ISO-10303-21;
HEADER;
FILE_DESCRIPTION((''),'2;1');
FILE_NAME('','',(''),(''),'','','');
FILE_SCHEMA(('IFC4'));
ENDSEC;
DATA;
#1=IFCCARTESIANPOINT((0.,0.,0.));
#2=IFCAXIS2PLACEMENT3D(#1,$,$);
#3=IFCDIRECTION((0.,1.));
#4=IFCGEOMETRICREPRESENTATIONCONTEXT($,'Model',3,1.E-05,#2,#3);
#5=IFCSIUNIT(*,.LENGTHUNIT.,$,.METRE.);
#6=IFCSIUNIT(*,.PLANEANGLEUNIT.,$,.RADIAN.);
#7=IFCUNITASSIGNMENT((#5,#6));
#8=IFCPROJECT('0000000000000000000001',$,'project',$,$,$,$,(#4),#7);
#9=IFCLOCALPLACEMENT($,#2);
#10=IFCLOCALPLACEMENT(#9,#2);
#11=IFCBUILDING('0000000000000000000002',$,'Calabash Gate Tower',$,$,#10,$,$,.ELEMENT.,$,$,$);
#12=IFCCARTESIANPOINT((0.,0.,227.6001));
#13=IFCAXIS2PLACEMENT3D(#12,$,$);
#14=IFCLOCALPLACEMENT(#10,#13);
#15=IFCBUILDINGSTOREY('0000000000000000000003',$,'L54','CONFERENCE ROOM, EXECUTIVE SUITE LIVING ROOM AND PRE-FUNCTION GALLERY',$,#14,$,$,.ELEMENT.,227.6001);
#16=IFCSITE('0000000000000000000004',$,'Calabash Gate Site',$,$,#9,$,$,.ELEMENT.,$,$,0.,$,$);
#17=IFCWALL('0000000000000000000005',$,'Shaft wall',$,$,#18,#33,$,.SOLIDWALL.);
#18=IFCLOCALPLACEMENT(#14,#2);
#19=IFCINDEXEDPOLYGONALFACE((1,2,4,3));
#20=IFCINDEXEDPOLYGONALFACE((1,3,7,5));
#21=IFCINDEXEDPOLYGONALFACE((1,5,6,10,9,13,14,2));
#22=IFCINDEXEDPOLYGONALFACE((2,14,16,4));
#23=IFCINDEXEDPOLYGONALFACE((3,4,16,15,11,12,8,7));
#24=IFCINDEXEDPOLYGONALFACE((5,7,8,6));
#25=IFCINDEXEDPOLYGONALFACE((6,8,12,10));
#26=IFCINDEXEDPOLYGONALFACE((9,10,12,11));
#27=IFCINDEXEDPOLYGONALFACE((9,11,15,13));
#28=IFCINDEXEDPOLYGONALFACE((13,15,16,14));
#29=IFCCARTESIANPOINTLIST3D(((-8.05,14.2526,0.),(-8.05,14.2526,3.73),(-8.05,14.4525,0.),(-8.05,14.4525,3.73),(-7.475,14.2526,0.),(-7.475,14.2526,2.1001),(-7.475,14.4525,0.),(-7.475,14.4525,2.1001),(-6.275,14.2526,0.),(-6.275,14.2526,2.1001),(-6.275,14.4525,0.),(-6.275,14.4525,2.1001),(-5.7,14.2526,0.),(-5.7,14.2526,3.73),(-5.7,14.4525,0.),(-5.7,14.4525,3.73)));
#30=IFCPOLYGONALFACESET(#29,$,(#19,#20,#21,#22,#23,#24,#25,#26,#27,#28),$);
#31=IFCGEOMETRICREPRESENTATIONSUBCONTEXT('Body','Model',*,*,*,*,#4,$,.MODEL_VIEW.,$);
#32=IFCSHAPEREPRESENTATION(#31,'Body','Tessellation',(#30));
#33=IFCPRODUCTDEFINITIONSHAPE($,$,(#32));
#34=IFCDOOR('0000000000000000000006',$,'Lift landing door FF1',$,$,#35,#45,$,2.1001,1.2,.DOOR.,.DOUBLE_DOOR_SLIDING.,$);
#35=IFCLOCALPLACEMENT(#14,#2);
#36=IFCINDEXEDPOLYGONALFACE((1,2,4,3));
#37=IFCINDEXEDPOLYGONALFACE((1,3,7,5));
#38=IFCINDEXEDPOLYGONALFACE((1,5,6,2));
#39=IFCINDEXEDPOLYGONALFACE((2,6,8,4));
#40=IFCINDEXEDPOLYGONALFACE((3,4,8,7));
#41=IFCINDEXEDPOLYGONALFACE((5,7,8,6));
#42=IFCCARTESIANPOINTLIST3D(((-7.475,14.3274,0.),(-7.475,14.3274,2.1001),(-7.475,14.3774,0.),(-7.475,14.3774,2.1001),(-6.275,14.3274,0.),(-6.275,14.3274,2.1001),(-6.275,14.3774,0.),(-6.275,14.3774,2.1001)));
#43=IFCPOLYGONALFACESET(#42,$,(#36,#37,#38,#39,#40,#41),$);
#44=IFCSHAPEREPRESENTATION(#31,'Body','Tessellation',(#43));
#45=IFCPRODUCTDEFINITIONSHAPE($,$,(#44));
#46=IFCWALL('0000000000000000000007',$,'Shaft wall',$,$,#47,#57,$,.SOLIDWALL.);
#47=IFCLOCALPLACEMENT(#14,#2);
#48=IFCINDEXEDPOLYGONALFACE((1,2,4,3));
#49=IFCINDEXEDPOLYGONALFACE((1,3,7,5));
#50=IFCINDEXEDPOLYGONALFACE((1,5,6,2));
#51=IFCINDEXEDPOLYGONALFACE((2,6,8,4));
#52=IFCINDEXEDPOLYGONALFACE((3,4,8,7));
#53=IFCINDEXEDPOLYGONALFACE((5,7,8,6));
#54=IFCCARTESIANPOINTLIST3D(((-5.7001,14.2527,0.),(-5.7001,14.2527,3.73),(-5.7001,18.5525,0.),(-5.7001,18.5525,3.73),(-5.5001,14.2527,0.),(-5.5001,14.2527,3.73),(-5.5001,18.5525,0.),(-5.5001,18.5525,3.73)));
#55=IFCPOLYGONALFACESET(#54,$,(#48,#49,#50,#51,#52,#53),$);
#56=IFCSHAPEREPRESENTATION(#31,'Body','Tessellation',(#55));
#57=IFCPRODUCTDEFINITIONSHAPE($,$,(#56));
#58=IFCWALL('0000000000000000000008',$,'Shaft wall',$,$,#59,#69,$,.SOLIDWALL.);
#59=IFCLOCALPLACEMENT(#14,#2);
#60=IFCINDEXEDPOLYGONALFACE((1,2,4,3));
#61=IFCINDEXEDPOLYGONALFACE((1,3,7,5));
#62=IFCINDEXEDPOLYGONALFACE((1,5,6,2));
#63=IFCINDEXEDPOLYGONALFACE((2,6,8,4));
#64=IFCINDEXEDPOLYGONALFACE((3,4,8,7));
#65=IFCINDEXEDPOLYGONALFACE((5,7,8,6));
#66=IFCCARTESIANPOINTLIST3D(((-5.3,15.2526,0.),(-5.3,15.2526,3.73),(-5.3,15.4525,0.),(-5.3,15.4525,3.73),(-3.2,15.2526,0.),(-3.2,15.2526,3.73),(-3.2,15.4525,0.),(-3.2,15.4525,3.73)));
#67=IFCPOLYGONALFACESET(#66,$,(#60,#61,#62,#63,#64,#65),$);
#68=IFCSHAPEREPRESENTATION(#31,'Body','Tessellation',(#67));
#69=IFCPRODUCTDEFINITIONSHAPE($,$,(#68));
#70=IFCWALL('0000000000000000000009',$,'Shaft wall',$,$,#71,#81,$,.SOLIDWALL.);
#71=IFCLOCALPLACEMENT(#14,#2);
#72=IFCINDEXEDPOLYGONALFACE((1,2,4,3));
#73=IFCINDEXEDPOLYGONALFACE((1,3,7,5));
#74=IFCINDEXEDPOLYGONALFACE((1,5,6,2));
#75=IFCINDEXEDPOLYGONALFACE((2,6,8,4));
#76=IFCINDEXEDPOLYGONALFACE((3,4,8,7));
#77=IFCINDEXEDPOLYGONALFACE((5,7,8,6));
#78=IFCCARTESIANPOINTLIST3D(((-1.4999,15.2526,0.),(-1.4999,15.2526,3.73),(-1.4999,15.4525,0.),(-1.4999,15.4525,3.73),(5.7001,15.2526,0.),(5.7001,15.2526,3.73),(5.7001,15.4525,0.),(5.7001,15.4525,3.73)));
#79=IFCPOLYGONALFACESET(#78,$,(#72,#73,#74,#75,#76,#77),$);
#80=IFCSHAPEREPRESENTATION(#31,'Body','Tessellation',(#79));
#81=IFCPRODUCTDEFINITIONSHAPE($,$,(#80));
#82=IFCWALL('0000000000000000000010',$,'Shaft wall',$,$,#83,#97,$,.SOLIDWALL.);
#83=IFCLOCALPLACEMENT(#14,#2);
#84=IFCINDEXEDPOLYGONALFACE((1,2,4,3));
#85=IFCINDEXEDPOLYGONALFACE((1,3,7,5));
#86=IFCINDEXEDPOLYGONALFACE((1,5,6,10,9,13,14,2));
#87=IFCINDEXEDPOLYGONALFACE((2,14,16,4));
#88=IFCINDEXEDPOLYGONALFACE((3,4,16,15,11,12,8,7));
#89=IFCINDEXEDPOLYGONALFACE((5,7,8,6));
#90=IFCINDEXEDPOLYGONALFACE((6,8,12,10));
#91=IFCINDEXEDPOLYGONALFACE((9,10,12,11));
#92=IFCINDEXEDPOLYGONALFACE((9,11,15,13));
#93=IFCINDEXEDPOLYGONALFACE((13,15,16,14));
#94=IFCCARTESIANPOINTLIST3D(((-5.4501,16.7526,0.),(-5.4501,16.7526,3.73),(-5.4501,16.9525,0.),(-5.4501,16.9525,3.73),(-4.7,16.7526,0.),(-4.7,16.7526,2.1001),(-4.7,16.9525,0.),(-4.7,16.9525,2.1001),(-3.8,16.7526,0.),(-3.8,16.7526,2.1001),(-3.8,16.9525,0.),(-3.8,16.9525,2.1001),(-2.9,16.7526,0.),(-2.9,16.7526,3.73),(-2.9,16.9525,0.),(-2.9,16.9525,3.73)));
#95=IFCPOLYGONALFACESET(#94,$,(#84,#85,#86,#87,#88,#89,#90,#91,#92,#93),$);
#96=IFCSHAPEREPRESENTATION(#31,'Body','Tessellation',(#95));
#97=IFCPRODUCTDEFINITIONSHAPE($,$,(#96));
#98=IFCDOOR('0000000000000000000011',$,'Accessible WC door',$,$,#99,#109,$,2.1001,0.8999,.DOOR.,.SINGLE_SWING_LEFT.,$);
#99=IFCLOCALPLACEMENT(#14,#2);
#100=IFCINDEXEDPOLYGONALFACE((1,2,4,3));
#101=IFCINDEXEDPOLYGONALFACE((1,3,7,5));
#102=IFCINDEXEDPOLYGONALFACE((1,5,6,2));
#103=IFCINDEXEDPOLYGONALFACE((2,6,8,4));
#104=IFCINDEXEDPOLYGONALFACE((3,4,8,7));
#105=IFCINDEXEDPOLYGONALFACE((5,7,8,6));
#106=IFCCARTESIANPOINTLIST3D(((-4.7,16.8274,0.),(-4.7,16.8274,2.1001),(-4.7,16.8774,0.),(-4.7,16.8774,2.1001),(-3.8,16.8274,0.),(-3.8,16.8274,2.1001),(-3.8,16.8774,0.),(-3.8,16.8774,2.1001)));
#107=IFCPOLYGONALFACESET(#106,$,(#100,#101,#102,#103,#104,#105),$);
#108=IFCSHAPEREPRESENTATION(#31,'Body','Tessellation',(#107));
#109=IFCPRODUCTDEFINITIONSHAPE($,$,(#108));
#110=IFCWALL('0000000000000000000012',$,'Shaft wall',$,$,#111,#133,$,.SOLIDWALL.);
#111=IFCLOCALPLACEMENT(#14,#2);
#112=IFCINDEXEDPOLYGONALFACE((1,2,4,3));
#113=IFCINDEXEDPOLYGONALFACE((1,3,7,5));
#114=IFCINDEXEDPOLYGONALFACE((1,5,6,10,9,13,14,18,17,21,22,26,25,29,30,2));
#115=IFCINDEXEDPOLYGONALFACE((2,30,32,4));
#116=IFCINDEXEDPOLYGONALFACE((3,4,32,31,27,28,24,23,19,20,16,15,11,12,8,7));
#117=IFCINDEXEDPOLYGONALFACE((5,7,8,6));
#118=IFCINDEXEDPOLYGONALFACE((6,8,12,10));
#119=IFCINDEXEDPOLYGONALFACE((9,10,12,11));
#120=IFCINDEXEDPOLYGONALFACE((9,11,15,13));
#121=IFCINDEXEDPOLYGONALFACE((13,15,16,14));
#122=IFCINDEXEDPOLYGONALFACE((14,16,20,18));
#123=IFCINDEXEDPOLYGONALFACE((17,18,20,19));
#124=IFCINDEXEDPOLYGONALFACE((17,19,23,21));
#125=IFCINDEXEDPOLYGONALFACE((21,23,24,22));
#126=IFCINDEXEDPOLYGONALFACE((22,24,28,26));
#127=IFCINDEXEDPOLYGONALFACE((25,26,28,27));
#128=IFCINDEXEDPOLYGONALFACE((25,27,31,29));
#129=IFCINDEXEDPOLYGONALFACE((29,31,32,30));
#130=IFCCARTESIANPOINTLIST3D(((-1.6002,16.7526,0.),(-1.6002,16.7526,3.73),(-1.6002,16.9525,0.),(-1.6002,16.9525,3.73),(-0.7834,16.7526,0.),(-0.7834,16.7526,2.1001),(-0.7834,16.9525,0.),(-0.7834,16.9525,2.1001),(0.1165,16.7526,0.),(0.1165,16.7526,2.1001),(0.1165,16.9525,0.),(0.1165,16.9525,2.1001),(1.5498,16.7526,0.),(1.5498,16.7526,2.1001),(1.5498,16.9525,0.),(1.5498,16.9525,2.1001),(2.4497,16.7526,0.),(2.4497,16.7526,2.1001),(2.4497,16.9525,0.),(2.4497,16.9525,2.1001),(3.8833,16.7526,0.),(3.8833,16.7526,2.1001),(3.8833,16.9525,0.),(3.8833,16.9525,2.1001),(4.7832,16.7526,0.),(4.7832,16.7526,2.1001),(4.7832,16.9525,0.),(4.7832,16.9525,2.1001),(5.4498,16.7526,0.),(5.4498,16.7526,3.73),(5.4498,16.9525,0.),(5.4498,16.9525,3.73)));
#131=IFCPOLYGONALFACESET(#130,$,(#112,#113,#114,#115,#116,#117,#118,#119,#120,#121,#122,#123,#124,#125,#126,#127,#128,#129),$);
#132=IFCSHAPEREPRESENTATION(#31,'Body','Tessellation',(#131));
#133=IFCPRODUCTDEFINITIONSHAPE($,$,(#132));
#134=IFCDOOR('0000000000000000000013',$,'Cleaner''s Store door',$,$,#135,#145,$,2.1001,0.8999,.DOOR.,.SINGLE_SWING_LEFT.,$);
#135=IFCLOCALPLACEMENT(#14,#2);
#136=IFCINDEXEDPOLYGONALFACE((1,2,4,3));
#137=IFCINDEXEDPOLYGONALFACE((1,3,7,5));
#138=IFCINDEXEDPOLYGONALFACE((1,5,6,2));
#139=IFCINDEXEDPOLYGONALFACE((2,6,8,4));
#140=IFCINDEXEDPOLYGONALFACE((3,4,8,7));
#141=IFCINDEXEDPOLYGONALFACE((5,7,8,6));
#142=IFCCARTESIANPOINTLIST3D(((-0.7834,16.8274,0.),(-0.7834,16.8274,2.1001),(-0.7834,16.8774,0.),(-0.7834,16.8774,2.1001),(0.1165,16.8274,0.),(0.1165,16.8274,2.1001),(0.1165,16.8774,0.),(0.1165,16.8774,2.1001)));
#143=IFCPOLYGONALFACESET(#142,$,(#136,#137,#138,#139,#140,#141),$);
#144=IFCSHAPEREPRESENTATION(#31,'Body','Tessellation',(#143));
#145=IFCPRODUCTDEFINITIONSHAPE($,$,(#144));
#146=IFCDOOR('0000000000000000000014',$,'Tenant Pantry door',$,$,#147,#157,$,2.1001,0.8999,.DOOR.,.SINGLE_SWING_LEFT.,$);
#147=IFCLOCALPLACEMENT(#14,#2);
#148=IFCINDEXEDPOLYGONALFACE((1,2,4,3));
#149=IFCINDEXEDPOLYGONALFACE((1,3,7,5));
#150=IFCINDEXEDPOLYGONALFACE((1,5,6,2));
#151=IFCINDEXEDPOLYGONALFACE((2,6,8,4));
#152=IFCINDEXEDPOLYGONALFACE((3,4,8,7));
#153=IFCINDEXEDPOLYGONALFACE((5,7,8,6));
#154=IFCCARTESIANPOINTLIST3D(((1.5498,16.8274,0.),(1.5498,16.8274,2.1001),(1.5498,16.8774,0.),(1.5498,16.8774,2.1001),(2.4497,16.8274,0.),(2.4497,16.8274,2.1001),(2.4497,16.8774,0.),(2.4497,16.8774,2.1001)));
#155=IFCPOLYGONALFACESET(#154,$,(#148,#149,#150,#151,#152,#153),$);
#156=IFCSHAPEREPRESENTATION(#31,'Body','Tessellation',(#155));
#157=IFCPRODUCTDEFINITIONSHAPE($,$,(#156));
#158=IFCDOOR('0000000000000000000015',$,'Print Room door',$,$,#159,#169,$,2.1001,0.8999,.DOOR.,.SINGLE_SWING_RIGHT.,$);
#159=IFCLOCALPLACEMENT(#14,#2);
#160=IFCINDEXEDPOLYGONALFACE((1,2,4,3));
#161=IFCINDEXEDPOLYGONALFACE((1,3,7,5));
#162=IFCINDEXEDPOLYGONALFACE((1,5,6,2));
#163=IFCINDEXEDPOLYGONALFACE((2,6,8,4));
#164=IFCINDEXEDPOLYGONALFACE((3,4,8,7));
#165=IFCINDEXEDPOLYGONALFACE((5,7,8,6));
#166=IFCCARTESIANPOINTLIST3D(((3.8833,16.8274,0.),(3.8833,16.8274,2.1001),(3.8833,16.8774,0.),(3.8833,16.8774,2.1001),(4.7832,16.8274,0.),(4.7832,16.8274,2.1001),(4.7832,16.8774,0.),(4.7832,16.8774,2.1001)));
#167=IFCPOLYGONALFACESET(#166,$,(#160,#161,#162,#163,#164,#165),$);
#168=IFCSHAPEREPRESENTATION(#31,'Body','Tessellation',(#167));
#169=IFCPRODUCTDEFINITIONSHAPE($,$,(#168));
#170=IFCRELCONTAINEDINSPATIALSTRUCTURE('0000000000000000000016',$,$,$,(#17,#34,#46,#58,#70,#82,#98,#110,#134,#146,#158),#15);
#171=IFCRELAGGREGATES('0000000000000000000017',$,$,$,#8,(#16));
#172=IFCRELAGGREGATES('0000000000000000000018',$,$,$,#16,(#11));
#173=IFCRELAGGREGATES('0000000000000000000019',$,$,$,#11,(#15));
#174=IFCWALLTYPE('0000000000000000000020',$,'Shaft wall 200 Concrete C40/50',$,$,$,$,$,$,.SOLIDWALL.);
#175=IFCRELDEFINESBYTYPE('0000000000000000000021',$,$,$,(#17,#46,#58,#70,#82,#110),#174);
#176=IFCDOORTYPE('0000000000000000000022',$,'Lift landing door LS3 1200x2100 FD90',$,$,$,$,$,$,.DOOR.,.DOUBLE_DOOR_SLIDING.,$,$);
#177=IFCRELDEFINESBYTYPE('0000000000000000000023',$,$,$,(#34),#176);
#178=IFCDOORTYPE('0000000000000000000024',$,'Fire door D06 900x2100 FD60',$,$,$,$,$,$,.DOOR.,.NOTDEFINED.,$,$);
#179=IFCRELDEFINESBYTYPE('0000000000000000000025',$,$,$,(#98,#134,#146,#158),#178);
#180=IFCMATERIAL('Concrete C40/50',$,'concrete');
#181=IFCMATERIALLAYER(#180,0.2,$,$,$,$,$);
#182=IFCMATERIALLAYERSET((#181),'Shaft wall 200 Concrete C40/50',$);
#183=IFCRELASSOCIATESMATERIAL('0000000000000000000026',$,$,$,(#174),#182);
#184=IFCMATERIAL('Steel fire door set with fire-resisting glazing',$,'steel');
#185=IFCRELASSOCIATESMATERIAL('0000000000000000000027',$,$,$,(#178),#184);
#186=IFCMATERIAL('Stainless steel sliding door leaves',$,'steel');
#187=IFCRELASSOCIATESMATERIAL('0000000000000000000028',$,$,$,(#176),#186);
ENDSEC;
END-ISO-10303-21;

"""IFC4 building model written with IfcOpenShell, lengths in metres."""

from ifc_helpers import new_model, si_unit, direction, frame, frame_2d, origin, place, context, subcontext, project, spatial, rectangle, extrude, material, layer, layer_set, type_object, element, fill, save


model = new_model("IFC4")

# Units and contexts
model_context = context("Model", 3, precision=1e-05, world=origin(), true_north=direction((0.0, 1.0)))
body_context = subcontext(model_context, "Body", "Model", "MODEL_VIEW")
ifc_project = project(units=[si_unit("LENGTHUNIT", "METRE"), si_unit("PLANEANGLEUNIT", "RADIAN")], contexts=[model_context])

# Site, building, storey
site_placement = place(None, origin())
site = spatial("IfcSite", under=ifc_project, at=site_placement, Name="Calabash Gate Site", CompositionType="ELEMENT", RefElevation=0.0)
building_placement = place(site_placement, origin())
building = spatial("IfcBuilding", under=site, at=building_placement, Name="Calabash Gate Tower", CompositionType="ELEMENT")
storey_placement = place(building_placement, frame((0.0, 0.0, 227.6001)))
storey = spatial("IfcBuildingStorey", under=building, at=storey_placement, Name="L54", Description="CONFERENCE ROOM, EXECUTIVE SUITE LIVING ROOM AND PRE-FUNCTION GALLERY", CompositionType="ELEMENT", Elevation=227.6001)

# Shared definitions
ifc_material_1 = material(Name="Concrete C40/50", Category="concrete")
ifc_layer_1 = layer(ifc_material_1, 0.2)
ifc_layer_set_1 = layer_set([ifc_layer_1], Name="Shaft wall 200 Concrete C40/50")
wall_type_1 = type_object("IfcWallType", Name="Shaft wall 200 Concrete C40/50", PredefinedType="SOLIDWALL", material=ifc_layer_set_1)
ifc_material_2 = material(Name="Steel fire door set with fire-resisting glazing", Category="steel")
door_type_1 = type_object("IfcDoorType", Name="Fire door D06 900x2100 FD60", OperationType="NOTDEFINED", PredefinedType="DOOR", material=ifc_material_2)

# Wall, opening, door
wall_1_placement = place(storey_placement, frame((-8.05, 14.3525, 0.0), z_axis=(0.0, 0.0, 1.0), x_axis=(1.0, 0.0, 0.0)))
wall_1 = element("IfcWall", 1, at=wall_1_placement, inside=storey, type_object=wall_type_1, Name="Shaft wall", PredefinedType="SOLIDWALL", context=body_context, shape_type="SweptSolid", body=[
    extrude(rectangle(XDim=2.3501, YDim=0.2, at=frame_2d((1.175, 0.0))), origin(), (0.0, 0.0, 1.0), 3.73),
])
opening_1_placement = place(wall_1_placement, frame((0.575, 0.0, 0.0)))
opening_1 = element("IfcOpeningElement", 2, at=opening_1_placement, cuts=wall_1, PredefinedType="OPENING", context=body_context, shape_type="SweptSolid", body=[
    extrude(rectangle(XDim=1.2, YDim=2.1001, at=frame_2d((0.6001, 1.05))), frame((0.0, 0.1099, 0.0), z_axis=(0.0, -1.0, 0.0), x_axis=(1.0, 0.0, 0.0)), (0.0, 0.0, 1.0), 0.22),
])
ifc_material_3 = material(Name="Stainless steel sliding door leaves", Category="steel")
door_type_2 = type_object("IfcDoorType", Name="Lift landing door LS3 1200x2100 FD90", OperationType="DOUBLE_DOOR_SLIDING", PredefinedType="DOOR", material=ifc_material_3)
door_1_placement = place(opening_1_placement, origin())
door_1 = element("IfcDoor", 3, at=door_1_placement, inside=storey, type_object=door_type_2, Name="Lift landing door FF1", OperationType="DOUBLE_DOOR_SLIDING", OverallHeight=2.1001, OverallWidth=1.2, PredefinedType="DOOR", context=body_context, shape_type="SweptSolid", body=[
    extrude(rectangle(XDim=1.2, YDim=2.1001, at=frame_2d((0.6001, 1.05))), frame((0.0, 0.0249, 0.0), z_axis=(0.0, -1.0, 0.0), x_axis=(1.0, 0.0, 0.0)), (0.0, 0.0, 1.0), 0.05),
])
fill(opening_1, door_1)

# Walls
wall_2_placement = place(storey_placement, frame((-5.6001, 14.2527, 0.0), z_axis=(0.0, 0.0, 1.0), x_axis=(0.0, 1.0, 0.0)))
element("IfcWall", 4, at=wall_2_placement, inside=storey, type_object=wall_type_1, Name="Shaft wall", PredefinedType="SOLIDWALL", context=body_context, shape_type="SweptSolid", body=[
    extrude(rectangle(XDim=4.2998, YDim=0.2, at=frame_2d((2.1499, 0.0))), origin(), (0.0, 0.0, 1.0), 3.73),
])
wall_3_placement = place(storey_placement, frame((-5.3, 15.3525, 0.0), z_axis=(0.0, 0.0, 1.0), x_axis=(1.0, 0.0, 0.0)))
element("IfcWall", 5, at=wall_3_placement, inside=storey, type_object=wall_type_1, Name="Shaft wall", PredefinedType="SOLIDWALL", context=body_context, shape_type="SweptSolid", body=[
    extrude(rectangle(XDim=2.1001, YDim=0.2, at=frame_2d((1.05, 0.0))), origin(), (0.0, 0.0, 1.0), 3.73),
])
wall_4_placement = place(storey_placement, frame((-1.5, 15.3525, 0.0), z_axis=(0.0, 0.0, 1.0), x_axis=(1.0, 0.0, 0.0)))
element("IfcWall", 6, at=wall_4_placement, inside=storey, type_object=wall_type_1, Name="Shaft wall", PredefinedType="SOLIDWALL", context=body_context, shape_type="SweptSolid", body=[
    extrude(rectangle(XDim=7.2, YDim=0.2, at=frame_2d((3.6001, 0.0))), origin(), (0.0, 0.0, 1.0), 3.73),
])

# Wall, opening, door
wall_5_placement = place(storey_placement, frame((-5.45, 16.8525, 0.0), z_axis=(0.0, 0.0, 1.0), x_axis=(1.0, 0.0, 0.0)))
wall_5 = element("IfcWall", 7, at=wall_5_placement, inside=storey, type_object=wall_type_1, Name="Shaft wall", PredefinedType="SOLIDWALL", context=body_context, shape_type="SweptSolid", body=[
    extrude(rectangle(XDim=2.55, YDim=0.2, at=frame_2d((1.2749, 0.0))), origin(), (0.0, 0.0, 1.0), 3.73),
])
opening_2_placement = place(wall_5_placement, frame((0.75, 0.0, 0.0)))
opening_2 = element("IfcOpeningElement", 8, at=opening_2_placement, cuts=wall_5, PredefinedType="OPENING", context=body_context, shape_type="SweptSolid", body=[
    extrude(rectangle(XDim=0.8999, YDim=2.1001, at=frame_2d((0.45, 1.05))), frame((0.0, 0.1099, 0.0), z_axis=(0.0, -1.0, 0.0), x_axis=(1.0, 0.0, 0.0)), (0.0, 0.0, 1.0), 0.22),
])
door_2_placement = place(opening_2_placement, origin())
door_2 = element("IfcDoor", 9, at=door_2_placement, inside=storey, type_object=door_type_1, Name="Accessible WC door", OperationType="SINGLE_SWING_LEFT", OverallHeight=2.1001, OverallWidth=0.8999, PredefinedType="DOOR", context=body_context, shape_type="SweptSolid", body=[
    extrude(rectangle(XDim=0.8999, YDim=2.1001, at=frame_2d((0.45, 1.05))), frame((0.0, 0.0249, 0.0), z_axis=(0.0, -1.0, 0.0), x_axis=(1.0, 0.0, 0.0)), (0.0, 0.0, 1.0), 0.05),
])
fill(opening_2, door_2)

# Wall, openings, doors
wall_6_placement = place(storey_placement, frame((-1.6001, 16.8525, 0.0), z_axis=(0.0, 0.0, 1.0), x_axis=(1.0, 0.0, 0.0)))
wall_6 = element("IfcWall", 10, at=wall_6_placement, inside=storey, type_object=wall_type_1, Name="Shaft wall", PredefinedType="SOLIDWALL", context=body_context, shape_type="SweptSolid", body=[
    extrude(rectangle(XDim=7.05, YDim=0.2, at=frame_2d((3.5249, 0.0))), origin(), (0.0, 0.0, 1.0), 3.73),
])
opening_3_placement = place(wall_6_placement, frame((0.8167, 0.0, 0.0)))
opening_3 = element("IfcOpeningElement", 11, at=opening_3_placement, cuts=wall_6, PredefinedType="OPENING", context=body_context, shape_type="SweptSolid", body=[
    extrude(rectangle(XDim=0.8999, YDim=2.1001, at=frame_2d((0.45, 1.05))), frame((0.0, 0.1099, 0.0), z_axis=(0.0, -1.0, 0.0), x_axis=(1.0, 0.0, 0.0)), (0.0, 0.0, 1.0), 0.22),
])
opening_4_placement = place(wall_6_placement, frame((3.1499, 0.0, 0.0)))
opening_4 = element("IfcOpeningElement", 12, at=opening_4_placement, cuts=wall_6, PredefinedType="OPENING", context=body_context, shape_type="SweptSolid", body=[
    extrude(rectangle(XDim=0.8999, YDim=2.1001, at=frame_2d((0.45, 1.05))), frame((0.0, 0.1099, 0.0), z_axis=(0.0, -1.0, 0.0), x_axis=(1.0, 0.0, 0.0)), (0.0, 0.0, 1.0), 0.22),
])
opening_5_placement = place(wall_6_placement, frame((5.4834, 0.0, 0.0)))
opening_5 = element("IfcOpeningElement", 13, at=opening_5_placement, cuts=wall_6, PredefinedType="OPENING", context=body_context, shape_type="SweptSolid", body=[
    extrude(rectangle(XDim=0.8999, YDim=2.1001, at=frame_2d((0.45, 1.05))), frame((0.0, 0.1099, 0.0), z_axis=(0.0, -1.0, 0.0), x_axis=(1.0, 0.0, 0.0)), (0.0, 0.0, 1.0), 0.22),
])
door_3_placement = place(opening_3_placement, origin())
door_3 = element("IfcDoor", 14, at=door_3_placement, inside=storey, type_object=door_type_1, Name="Cleaner's Store door", OperationType="SINGLE_SWING_LEFT", OverallHeight=2.1001, OverallWidth=0.8999, PredefinedType="DOOR", context=body_context, shape_type="SweptSolid", body=[
    extrude(rectangle(XDim=0.8999, YDim=2.1001, at=frame_2d((0.45, 1.05))), frame((0.0, 0.0249, 0.0), z_axis=(0.0, -1.0, 0.0), x_axis=(1.0, 0.0, 0.0)), (0.0, 0.0, 1.0), 0.05),
])
fill(opening_3, door_3)
door_4_placement = place(opening_4_placement, origin())
door_4 = element("IfcDoor", 15, at=door_4_placement, inside=storey, type_object=door_type_1, Name="Tenant Pantry door", OperationType="SINGLE_SWING_LEFT", OverallHeight=2.1001, OverallWidth=0.8999, PredefinedType="DOOR", context=body_context, shape_type="SweptSolid", body=[
    extrude(rectangle(XDim=0.8999, YDim=2.1001, at=frame_2d((0.45, 1.05))), frame((0.0, 0.0249, 0.0), z_axis=(0.0, -1.0, 0.0), x_axis=(1.0, 0.0, 0.0)), (0.0, 0.0, 1.0), 0.05),
])
fill(opening_4, door_4)
door_5_placement = place(opening_5_placement, origin())
door_5 = element("IfcDoor", 16, at=door_5_placement, inside=storey, type_object=door_type_1, Name="Print Room door", OperationType="SINGLE_SWING_RIGHT", OverallHeight=2.1001, OverallWidth=0.8999, PredefinedType="DOOR", context=body_context, shape_type="SweptSolid", body=[
    extrude(rectangle(XDim=0.8999, YDim=2.1001, at=frame_2d((0.45, 1.05))), frame((0.0, 0.0249, 0.0), z_axis=(0.0, -1.0, 0.0), x_axis=(1.0, 0.0, 0.0)), (0.0, 0.0, 1.0), 0.05),
])
fill(opening_5, door_5)

save(model, "model.ifc")
